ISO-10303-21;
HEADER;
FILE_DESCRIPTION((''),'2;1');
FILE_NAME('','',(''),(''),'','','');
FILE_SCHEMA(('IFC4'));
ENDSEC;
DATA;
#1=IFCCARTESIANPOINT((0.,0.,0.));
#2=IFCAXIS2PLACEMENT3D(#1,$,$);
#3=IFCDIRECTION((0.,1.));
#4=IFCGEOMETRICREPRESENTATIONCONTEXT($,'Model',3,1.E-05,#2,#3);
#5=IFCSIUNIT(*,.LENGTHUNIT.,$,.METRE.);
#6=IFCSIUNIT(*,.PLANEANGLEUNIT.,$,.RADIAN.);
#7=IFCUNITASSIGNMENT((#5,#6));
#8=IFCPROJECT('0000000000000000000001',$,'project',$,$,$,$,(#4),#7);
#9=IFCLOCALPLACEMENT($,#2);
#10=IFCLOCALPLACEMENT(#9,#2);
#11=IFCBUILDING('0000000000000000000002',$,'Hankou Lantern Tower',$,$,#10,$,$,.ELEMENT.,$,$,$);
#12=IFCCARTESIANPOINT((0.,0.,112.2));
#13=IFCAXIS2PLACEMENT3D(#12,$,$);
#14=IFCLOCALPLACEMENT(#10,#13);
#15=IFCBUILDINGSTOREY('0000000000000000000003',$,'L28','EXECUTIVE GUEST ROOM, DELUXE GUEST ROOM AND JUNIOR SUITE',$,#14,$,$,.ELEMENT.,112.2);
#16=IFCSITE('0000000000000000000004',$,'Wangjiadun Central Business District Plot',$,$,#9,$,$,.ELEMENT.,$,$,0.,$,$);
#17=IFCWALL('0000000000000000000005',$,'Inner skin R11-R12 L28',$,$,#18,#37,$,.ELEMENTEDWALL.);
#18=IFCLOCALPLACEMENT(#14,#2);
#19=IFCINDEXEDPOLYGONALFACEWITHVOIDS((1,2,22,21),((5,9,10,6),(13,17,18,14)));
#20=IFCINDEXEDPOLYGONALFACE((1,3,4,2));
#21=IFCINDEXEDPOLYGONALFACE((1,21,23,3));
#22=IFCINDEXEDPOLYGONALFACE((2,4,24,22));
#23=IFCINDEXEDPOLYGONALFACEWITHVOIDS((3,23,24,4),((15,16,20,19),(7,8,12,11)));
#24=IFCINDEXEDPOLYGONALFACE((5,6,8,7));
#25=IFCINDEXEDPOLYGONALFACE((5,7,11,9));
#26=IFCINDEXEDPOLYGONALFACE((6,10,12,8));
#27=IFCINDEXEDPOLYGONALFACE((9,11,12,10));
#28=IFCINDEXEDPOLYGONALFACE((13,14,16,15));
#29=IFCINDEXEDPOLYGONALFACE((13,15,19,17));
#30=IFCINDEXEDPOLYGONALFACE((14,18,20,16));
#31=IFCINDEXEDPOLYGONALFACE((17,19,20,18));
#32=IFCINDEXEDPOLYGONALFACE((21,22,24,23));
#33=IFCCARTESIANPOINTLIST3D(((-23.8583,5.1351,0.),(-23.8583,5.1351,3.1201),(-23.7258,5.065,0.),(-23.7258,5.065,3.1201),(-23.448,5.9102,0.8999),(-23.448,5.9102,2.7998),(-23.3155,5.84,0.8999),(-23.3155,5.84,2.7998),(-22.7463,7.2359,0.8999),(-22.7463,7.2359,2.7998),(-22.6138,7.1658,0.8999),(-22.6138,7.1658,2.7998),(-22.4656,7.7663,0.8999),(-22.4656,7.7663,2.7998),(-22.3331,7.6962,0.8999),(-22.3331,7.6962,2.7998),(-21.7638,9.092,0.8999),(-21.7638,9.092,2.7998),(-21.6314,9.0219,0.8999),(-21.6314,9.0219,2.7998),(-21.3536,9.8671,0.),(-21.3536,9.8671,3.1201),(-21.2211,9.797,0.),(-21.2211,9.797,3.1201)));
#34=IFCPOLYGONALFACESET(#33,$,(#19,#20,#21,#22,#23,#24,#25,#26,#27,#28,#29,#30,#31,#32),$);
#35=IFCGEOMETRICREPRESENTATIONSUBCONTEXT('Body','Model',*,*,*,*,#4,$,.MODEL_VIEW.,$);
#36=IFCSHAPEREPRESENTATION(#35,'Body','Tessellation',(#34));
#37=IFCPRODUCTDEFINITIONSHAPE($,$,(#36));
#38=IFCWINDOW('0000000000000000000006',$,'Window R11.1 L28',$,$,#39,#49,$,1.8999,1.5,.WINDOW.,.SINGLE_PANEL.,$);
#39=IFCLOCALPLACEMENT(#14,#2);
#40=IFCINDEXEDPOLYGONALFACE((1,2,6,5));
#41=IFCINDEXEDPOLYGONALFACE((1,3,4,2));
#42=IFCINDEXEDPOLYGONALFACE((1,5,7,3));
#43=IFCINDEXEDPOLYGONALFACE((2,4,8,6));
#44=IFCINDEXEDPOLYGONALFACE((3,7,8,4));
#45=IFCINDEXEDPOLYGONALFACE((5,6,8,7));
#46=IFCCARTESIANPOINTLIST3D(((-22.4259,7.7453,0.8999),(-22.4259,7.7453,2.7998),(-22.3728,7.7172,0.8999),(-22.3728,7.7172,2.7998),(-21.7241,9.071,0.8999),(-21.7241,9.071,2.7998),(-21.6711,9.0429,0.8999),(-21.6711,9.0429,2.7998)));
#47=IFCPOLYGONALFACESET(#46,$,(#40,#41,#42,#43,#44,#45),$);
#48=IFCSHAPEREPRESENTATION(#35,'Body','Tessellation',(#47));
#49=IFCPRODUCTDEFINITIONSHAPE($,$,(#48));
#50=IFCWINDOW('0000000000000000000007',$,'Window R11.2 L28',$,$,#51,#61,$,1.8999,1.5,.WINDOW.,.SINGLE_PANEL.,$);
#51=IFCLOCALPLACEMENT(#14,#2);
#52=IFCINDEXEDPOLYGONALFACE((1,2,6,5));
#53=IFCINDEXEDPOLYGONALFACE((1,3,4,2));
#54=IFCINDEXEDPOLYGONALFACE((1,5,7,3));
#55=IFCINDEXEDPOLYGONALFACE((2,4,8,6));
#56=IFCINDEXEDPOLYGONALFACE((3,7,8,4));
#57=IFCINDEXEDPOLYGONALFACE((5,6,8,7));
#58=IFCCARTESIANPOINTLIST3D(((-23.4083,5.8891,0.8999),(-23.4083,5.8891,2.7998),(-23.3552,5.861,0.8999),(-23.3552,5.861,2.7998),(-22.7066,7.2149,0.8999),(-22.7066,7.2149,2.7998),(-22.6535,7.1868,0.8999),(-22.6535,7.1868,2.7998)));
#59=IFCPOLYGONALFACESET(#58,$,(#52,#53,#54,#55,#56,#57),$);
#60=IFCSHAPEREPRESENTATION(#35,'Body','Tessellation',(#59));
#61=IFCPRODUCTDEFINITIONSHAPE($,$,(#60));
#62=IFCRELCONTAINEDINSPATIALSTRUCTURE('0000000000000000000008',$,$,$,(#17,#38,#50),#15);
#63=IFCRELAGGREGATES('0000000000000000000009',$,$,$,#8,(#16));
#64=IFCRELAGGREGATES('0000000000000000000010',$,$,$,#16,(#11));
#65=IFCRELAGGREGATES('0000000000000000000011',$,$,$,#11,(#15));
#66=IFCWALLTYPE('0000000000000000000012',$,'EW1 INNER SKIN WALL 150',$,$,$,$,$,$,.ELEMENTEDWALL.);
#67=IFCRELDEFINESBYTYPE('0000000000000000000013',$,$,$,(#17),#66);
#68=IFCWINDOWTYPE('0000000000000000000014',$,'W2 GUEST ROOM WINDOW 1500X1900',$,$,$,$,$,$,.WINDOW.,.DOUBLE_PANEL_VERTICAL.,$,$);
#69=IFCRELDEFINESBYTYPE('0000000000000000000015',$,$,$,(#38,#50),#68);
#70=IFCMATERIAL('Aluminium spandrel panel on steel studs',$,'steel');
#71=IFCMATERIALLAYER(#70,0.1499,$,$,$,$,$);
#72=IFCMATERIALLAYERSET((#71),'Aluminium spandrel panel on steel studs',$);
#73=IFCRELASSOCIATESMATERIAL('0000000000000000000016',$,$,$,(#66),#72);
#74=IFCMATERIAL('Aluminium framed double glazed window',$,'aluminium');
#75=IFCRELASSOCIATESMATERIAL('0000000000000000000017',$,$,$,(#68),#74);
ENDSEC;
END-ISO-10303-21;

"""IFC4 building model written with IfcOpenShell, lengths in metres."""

from ifc_helpers import new_model, si_unit, direction, frame, frame_2d, origin, place, context, subcontext, project, spatial, rectangle, extrude, material, layer, layer_set, type_object, element, fill, save


model = new_model("IFC4")

# Units and contexts
model_context = context("Model", 3, precision=1e-05, world=origin(), true_north=direction((0.0, 1.0)))
body_context = subcontext(model_context, "Body", "Model", "MODEL_VIEW")
ifc_project = project(units=[si_unit("LENGTHUNIT", "METRE"), si_unit("PLANEANGLEUNIT", "RADIAN")], contexts=[model_context])

# Site, building, storey
site_placement = place(None, origin())
site = spatial("IfcSite", under=ifc_project, at=site_placement, Name="Wangjiadun Central Business District Plot", CompositionType="ELEMENT", RefElevation=0.0)
building_placement = place(site_placement, origin())
building = spatial("IfcBuilding", under=site, at=building_placement, Name="Hankou Lantern Tower", CompositionType="ELEMENT")
storey_placement = place(building_placement, frame((0.0, 0.0, 112.2)))
storey = spatial("IfcBuildingStorey", under=building, at=storey_placement, Name="L28", Description="EXECUTIVE GUEST ROOM, DELUXE GUEST ROOM AND JUNIOR SUITE", CompositionType="ELEMENT", Elevation=112.2)

# Wall, openings, windows
ifc_material_1 = material(Name="Aluminium spandrel panel on steel studs", Category="steel")
ifc_layer_1 = layer(ifc_material_1, 0.1499)
ifc_layer_set_1 = layer_set([ifc_layer_1], Name="Aluminium spandrel panel on steel studs")
wall_type = type_object("IfcWallType", Name="EW1 INNER SKIN WALL 150", PredefinedType="ELEMENTEDWALL", material=ifc_layer_set_1)
ifc_material_2 = material(Name="Aluminium framed double glazed window", Category="aluminium")
window_type = type_object("IfcWindowType", Name="W2 GUEST ROOM WINDOW 1500X1900", PartitioningType="DOUBLE_PANEL_VERTICAL", PredefinedType="WINDOW", material=ifc_material_2)
wall_1_placement = place(storey_placement, frame((-21.2874, 9.832, 0.0), z_axis=(0.0, 0.0, 1.0), x_axis=(-0.467814, -0.883827, 0.0)))
wall_1 = element("IfcWall", 1, at=wall_1_placement, inside=storey, type_object=wall_type, Name="Inner skin R11-R12 L28", PredefinedType="ELEMENTEDWALL", context=body_context, shape_type="SweptSolid", body=[
    extrude(rectangle(XDim=5.354, YDim=0.1499, at=frame_2d((2.677, 0.0))), origin(), (0.0, 0.0, 1.0), 3.1201),
])
opening_1_placement = place(wall_1_placement, frame((0.877, 0.0, 0.8999)))
opening_1 = element("IfcOpeningElement", 2, at=opening_1_placement, cuts=wall_1, PredefinedType="OPENING", context=body_context, shape_type="SweptSolid", body=[
    extrude(rectangle(XDim=1.5, YDim=1.8999, at=frame_2d((0.75, 0.95))), frame((0.0, 0.085, 0.0), z_axis=(0.0, -1.0, 0.0), x_axis=(1.0, 0.0, 0.0)), (0.0, 0.0, 1.0), 0.1699),
])
opening_2_placement = place(wall_1_placement, frame((2.9771, 0.0, 0.8999)))
opening_2 = element("IfcOpeningElement", 3, at=opening_2_placement, cuts=wall_1, PredefinedType="OPENING", context=body_context, shape_type="SweptSolid", body=[
    extrude(rectangle(XDim=1.5, YDim=1.8999, at=frame_2d((0.75, 0.95))), frame((0.0, 0.085, 0.0), z_axis=(0.0, -1.0, 0.0), x_axis=(1.0, 0.0, 0.0)), (0.0, 0.0, 1.0), 0.1699),
])
window_1_placement = place(opening_1_placement, origin())
window_1 = element("IfcWindow", 4, at=window_1_placement, inside=storey, type_object=window_type, Name="Window R11.1 L28", OverallHeight=1.8999, OverallWidth=1.5, PartitioningType="SINGLE_PANEL", PredefinedType="WINDOW", context=body_context, shape_type="SweptSolid", body=[
    extrude(rectangle(XDim=1.5, YDim=1.8999, at=frame_2d((0.75, 0.95))), frame((0.0, 0.03, 0.0), z_axis=(0.0, -1.0, 0.0), x_axis=(1.0, 0.0, 0.0)), (0.0, 0.0, 1.0), 0.0601),
])
fill(opening_1, window_1)
window_2_placement = place(opening_2_placement, origin())
window_2 = element("IfcWindow", 5, at=window_2_placement, inside=storey, type_object=window_type, Name="Window R11.2 L28", OverallHeight=1.8999, OverallWidth=1.5, PartitioningType="SINGLE_PANEL", PredefinedType="WINDOW", context=body_context, shape_type="SweptSolid", body=[
    extrude(rectangle(XDim=1.5, YDim=1.8999, at=frame_2d((0.75, 0.95))), frame((0.0, 0.03, 0.0), z_axis=(0.0, -1.0, 0.0), x_axis=(1.0, 0.0, 0.0)), (0.0, 0.0, 1.0), 0.0601),
])
fill(opening_2, window_2)

save(model, "model.ifc")
